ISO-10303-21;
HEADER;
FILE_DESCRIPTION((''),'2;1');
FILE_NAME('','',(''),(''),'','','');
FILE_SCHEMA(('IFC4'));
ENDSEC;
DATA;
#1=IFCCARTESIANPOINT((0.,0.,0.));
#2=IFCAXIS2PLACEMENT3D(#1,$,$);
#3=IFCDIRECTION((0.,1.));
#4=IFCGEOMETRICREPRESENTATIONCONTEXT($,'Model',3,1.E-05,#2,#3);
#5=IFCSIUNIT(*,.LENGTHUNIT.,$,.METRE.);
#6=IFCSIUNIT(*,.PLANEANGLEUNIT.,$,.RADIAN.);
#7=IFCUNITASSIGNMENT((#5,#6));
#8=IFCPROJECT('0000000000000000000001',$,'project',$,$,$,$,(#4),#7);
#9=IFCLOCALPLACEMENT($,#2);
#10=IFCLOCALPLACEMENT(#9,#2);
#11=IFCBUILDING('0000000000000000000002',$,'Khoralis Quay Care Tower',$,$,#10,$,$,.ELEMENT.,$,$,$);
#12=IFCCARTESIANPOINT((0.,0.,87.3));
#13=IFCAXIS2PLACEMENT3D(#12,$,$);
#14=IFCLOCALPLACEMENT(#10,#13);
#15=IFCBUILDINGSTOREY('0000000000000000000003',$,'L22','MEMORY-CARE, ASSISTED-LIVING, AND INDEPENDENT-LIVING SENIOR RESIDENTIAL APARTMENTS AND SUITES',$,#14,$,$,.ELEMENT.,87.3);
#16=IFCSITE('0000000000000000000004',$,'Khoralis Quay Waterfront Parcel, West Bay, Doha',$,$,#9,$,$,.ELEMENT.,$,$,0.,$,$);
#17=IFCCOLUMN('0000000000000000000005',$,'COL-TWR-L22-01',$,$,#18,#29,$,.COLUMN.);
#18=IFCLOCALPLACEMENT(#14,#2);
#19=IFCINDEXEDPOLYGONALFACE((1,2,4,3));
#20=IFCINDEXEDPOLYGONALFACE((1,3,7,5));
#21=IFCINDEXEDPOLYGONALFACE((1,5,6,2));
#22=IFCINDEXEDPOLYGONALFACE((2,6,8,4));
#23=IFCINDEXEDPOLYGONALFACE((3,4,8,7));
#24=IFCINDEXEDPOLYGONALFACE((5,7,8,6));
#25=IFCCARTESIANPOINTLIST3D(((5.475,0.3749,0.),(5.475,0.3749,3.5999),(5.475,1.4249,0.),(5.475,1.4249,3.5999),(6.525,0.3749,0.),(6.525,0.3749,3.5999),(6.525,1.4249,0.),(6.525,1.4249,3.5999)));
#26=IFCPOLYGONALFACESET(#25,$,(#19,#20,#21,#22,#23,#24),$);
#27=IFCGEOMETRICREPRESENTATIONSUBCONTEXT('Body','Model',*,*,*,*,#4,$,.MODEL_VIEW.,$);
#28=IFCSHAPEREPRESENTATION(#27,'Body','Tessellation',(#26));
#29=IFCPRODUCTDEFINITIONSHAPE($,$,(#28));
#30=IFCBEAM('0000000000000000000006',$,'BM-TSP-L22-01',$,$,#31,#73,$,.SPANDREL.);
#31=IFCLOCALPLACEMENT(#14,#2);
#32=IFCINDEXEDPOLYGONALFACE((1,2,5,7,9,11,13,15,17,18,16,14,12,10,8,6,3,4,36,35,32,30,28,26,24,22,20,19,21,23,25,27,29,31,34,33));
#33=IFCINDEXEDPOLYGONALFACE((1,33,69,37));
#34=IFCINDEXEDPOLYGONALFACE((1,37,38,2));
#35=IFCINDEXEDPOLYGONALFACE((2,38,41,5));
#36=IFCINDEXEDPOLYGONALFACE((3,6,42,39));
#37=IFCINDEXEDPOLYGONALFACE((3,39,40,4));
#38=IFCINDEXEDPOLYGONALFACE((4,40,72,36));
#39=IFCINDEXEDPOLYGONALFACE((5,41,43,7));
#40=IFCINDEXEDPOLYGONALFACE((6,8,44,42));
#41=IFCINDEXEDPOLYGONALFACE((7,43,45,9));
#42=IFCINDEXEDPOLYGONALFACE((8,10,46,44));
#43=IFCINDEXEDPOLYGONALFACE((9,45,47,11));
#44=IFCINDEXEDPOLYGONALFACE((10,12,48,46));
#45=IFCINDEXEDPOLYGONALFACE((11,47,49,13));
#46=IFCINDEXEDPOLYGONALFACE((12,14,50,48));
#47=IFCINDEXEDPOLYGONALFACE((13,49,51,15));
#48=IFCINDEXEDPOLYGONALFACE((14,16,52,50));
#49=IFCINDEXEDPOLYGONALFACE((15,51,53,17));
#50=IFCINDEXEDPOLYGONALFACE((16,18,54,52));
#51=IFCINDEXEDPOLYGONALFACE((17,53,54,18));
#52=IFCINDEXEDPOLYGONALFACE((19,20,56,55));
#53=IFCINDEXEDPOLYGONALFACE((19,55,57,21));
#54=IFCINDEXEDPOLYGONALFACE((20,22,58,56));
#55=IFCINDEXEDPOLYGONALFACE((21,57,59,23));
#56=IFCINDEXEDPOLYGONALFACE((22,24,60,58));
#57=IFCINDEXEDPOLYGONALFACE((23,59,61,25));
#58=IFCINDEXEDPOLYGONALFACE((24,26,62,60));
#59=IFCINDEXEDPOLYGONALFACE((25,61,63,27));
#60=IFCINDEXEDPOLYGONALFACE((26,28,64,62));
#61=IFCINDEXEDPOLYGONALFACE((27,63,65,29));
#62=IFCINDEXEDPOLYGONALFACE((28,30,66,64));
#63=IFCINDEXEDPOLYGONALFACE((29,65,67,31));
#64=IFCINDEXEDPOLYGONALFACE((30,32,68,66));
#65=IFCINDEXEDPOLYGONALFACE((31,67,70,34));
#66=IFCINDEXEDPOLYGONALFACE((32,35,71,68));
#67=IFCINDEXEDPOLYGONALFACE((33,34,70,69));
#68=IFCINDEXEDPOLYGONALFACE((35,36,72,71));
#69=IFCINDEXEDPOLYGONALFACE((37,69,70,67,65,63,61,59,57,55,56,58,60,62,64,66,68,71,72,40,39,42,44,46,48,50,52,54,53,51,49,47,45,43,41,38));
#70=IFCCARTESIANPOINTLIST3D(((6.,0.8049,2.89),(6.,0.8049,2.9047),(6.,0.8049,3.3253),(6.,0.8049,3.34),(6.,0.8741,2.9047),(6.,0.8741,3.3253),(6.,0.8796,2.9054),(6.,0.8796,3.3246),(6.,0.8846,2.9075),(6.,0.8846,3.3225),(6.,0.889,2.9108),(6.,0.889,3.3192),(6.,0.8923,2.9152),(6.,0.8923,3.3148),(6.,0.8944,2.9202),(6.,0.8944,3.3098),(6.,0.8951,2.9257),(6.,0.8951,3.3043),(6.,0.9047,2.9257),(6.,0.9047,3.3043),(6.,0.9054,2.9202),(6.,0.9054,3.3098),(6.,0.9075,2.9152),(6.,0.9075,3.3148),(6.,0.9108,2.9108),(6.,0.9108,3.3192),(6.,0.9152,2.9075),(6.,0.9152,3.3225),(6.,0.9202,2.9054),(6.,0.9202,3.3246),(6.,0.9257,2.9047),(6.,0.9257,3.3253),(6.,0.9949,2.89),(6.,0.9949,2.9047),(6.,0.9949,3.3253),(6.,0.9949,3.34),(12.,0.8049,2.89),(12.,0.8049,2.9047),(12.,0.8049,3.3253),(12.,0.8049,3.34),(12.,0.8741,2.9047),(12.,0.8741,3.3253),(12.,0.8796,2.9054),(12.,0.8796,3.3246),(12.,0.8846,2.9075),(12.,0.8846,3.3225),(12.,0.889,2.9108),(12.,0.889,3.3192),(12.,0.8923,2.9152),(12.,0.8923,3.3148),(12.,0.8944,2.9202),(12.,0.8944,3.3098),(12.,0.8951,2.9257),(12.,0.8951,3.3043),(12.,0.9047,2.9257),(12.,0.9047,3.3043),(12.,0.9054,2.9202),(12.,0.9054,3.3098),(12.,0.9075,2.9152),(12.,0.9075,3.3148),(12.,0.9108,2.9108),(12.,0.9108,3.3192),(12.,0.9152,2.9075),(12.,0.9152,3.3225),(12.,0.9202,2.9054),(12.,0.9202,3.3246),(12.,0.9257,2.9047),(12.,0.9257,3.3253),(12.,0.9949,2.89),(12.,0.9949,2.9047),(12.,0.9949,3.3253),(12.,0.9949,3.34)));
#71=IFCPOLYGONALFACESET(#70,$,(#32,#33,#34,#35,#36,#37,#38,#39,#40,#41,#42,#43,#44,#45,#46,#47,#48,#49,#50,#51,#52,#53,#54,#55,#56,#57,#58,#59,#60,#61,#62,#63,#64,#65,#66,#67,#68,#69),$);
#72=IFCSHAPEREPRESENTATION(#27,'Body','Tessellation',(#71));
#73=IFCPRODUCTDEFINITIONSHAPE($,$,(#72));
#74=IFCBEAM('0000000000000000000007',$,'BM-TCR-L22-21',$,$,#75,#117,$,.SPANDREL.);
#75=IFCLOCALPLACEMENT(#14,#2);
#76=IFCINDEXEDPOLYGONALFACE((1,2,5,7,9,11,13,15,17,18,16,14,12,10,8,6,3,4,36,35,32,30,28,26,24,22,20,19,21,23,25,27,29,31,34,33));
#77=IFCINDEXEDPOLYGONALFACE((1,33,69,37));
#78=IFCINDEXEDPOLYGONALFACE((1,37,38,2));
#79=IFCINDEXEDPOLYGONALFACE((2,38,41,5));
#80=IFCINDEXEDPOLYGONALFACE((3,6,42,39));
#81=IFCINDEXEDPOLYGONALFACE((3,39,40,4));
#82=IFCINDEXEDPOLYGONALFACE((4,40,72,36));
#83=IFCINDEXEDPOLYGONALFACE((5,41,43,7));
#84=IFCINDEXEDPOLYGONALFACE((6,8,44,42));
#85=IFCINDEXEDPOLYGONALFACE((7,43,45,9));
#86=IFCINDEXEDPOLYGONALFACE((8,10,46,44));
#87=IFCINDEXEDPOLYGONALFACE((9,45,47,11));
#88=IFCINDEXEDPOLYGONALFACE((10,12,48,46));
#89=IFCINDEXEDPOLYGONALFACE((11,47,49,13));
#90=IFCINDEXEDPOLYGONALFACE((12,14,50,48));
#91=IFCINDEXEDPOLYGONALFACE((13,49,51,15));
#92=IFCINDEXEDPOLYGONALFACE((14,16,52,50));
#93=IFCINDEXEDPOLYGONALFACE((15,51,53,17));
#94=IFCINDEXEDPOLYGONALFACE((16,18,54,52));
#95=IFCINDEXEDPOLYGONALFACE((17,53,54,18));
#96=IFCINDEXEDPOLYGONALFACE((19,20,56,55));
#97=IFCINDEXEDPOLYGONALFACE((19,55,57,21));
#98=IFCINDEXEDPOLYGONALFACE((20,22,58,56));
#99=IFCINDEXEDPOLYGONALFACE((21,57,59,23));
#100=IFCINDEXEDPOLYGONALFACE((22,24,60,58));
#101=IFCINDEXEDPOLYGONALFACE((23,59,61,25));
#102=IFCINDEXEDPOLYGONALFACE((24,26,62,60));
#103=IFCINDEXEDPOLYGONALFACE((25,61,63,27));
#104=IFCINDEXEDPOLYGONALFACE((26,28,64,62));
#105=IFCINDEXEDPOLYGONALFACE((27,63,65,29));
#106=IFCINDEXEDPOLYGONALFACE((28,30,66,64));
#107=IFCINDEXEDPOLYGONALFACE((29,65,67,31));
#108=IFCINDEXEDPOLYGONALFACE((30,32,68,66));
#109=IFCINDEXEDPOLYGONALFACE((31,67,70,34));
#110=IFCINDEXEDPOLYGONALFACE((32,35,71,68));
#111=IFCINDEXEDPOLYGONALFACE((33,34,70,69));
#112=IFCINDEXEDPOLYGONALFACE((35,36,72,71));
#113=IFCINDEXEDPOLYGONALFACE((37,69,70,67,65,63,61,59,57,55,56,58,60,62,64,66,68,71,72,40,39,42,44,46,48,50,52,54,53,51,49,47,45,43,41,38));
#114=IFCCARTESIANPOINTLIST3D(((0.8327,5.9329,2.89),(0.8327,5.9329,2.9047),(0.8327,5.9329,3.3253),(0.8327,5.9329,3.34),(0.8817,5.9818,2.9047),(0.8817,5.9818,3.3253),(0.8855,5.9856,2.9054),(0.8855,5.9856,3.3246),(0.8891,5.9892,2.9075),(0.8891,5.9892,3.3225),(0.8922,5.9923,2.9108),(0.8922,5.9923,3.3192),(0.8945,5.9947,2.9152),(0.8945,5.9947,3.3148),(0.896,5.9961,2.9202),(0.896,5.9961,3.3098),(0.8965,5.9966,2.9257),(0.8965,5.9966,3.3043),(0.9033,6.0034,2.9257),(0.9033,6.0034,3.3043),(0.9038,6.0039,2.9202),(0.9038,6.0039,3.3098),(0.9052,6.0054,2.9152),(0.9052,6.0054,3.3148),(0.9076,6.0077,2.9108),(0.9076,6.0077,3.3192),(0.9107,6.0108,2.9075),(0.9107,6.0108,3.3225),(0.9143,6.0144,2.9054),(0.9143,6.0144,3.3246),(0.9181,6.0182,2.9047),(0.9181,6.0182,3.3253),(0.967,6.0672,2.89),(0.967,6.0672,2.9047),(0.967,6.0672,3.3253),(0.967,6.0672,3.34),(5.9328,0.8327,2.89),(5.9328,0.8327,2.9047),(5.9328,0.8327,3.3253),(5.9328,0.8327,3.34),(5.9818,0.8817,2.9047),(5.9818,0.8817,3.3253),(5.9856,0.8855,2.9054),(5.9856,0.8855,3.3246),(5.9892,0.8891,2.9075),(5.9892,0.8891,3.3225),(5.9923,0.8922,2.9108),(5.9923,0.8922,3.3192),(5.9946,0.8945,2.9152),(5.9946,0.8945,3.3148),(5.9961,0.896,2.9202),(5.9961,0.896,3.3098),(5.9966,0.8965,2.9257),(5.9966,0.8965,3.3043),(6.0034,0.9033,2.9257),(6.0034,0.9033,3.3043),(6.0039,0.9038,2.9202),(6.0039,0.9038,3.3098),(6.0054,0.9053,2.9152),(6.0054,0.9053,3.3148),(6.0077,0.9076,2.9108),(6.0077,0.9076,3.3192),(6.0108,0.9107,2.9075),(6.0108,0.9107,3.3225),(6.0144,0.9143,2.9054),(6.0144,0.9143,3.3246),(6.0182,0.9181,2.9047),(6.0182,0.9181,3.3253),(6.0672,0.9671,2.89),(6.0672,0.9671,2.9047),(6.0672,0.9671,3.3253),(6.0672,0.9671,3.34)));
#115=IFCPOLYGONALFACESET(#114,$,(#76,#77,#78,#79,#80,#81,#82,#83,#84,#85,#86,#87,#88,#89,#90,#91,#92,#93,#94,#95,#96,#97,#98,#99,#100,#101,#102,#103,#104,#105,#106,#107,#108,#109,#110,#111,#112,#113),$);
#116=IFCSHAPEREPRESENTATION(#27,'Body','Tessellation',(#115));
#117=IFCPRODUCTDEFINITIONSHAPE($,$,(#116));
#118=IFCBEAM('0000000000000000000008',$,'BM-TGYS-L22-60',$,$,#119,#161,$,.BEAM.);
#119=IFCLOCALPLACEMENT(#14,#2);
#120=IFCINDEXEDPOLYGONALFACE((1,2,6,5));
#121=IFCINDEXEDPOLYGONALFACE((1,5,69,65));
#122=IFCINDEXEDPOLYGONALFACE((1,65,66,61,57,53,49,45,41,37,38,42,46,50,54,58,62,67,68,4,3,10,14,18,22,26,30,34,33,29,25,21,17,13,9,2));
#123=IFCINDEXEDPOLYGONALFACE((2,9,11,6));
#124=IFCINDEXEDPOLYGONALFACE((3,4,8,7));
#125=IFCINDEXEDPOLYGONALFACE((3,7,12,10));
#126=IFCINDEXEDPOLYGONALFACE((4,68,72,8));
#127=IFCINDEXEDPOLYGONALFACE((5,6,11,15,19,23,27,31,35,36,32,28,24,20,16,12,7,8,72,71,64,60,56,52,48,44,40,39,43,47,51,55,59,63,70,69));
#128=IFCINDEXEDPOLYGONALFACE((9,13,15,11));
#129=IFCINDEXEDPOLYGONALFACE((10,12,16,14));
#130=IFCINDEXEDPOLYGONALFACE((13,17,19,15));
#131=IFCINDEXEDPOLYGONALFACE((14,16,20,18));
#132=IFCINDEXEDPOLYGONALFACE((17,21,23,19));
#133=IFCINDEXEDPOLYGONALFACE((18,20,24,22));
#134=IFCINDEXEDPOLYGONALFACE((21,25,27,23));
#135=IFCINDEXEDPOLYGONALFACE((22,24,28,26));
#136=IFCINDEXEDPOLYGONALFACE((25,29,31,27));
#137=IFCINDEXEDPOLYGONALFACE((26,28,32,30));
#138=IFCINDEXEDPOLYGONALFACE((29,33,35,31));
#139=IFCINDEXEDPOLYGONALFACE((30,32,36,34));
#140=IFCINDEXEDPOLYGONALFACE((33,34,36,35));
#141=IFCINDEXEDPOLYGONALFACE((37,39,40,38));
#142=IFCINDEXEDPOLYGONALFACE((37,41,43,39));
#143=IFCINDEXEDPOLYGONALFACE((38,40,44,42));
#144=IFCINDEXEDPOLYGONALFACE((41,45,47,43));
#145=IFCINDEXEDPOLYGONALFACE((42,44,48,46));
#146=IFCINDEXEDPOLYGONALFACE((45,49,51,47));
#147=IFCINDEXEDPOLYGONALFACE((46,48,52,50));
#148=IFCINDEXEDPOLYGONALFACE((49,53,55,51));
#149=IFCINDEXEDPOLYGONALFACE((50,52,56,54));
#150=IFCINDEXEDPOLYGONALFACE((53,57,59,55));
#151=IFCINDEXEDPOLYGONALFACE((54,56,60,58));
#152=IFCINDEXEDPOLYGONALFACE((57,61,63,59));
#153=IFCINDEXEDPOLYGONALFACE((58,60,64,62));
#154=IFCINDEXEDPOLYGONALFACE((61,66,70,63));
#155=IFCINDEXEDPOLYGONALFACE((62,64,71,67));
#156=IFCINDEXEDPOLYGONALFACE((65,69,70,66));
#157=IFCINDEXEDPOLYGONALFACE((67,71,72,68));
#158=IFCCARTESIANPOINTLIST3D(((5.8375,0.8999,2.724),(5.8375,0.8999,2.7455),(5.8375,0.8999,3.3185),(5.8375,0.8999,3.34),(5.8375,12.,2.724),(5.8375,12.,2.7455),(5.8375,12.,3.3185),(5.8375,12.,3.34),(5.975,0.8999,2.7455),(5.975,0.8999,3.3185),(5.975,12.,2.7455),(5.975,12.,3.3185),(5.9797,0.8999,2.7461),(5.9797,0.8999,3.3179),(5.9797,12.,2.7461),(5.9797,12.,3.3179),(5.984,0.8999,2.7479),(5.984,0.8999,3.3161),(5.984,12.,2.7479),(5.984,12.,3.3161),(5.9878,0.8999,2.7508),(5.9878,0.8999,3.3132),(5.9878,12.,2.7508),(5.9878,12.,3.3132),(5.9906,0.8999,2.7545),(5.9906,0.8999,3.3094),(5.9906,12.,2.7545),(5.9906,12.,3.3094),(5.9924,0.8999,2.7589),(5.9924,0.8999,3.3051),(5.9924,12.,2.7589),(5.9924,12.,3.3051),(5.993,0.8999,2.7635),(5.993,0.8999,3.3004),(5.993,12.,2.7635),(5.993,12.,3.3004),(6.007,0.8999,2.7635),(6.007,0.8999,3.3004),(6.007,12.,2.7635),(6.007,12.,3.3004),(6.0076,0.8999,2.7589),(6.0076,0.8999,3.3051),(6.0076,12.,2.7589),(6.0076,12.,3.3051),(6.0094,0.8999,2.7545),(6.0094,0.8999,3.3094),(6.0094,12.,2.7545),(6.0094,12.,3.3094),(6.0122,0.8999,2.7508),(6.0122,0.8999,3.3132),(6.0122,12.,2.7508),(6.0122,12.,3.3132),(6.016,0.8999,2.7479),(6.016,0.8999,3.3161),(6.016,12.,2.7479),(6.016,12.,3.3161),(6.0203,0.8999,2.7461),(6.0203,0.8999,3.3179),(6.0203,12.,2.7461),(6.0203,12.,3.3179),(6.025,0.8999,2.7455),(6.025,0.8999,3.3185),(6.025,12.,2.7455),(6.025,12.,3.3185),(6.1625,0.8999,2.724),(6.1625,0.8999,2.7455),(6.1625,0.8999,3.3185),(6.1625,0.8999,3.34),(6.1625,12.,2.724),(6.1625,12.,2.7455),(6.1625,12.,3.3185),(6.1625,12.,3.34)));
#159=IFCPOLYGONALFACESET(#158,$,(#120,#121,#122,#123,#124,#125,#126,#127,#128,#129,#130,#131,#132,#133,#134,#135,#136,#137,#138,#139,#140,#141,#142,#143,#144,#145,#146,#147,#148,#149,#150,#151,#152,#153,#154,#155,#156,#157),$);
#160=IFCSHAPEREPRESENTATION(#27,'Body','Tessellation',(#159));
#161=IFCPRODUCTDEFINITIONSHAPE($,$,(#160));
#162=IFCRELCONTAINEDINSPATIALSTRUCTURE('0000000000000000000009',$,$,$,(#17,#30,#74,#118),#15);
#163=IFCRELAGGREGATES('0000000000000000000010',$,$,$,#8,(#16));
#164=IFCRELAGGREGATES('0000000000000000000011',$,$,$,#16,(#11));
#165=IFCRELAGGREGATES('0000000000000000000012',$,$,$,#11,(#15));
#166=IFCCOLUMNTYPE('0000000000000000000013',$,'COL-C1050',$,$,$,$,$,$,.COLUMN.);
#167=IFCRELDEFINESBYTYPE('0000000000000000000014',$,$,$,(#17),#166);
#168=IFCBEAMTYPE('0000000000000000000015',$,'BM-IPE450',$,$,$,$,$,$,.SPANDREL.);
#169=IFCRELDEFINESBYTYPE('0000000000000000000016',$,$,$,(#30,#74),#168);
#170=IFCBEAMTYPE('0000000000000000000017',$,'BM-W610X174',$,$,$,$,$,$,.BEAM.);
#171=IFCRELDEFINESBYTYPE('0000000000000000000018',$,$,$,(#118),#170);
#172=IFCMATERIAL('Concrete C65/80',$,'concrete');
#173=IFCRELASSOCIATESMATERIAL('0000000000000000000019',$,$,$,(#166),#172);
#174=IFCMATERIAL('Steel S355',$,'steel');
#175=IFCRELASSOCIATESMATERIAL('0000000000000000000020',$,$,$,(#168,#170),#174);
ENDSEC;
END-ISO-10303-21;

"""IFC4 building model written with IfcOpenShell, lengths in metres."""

from ifc_helpers import new_model, si_unit, direction, frame, origin, origin_2d, place, context, subcontext, project, spatial, rectangle, i_section, extrude, source, transform, mapped, material, material_profile, profile_set, type_object, element, save


model = new_model("IFC4")

# Units and contexts
model_context = context("Model", 3, precision=1e-05, world=origin(), true_north=direction((0.0, 1.0)))
body_context = subcontext(model_context, "Body", "Model", "MODEL_VIEW")
ifc_project = project(units=[si_unit("LENGTHUNIT", "METRE"), si_unit("PLANEANGLEUNIT", "RADIAN")], contexts=[model_context])

# Site, building, storey
site_placement = place(None, origin())
site = spatial("IfcSite", under=ifc_project, at=site_placement, Name="Khoralis Quay Waterfront Parcel, West Bay, Doha", CompositionType="ELEMENT", RefElevation=0.0)
building_placement = place(site_placement, origin())
building = spatial("IfcBuilding", under=site, at=building_placement, Name="Khoralis Quay Care Tower", CompositionType="ELEMENT")
storey_placement = place(building_placement, frame((0.0, 0.0, 87.3)))
storey = spatial("IfcBuildingStorey", under=building, at=storey_placement, Name="L22", Description="MEMORY-CARE, ASSISTED-LIVING, AND INDEPENDENT-LIVING SENIOR RESIDENTIAL APARTMENTS AND SUITES", CompositionType="ELEMENT", Elevation=87.3)

# Column
ifc_material_1 = material(Name="Concrete C65/80", Category="concrete")
ifc_material_profile_1 = material_profile(ifc_material_1, rectangle(XDim=1.05, YDim=1.05, at=origin_2d()), Name="Concrete C65/80")
ifc_profile_set_1 = profile_set([ifc_material_profile_1], Name="Concrete C65/80")
column_type = type_object("IfcColumnType", Name="COL-C1050", PredefinedType="COLUMN", material=ifc_profile_set_1)
shared_shape_1 = source(origin(), body_context, "Body", "SweptSolid", [
    extrude(rectangle(XDim=1.05, YDim=1.05, at=origin_2d()), origin(), (0.0, 0.0, 1.0), 3.5999),
])
column_placement = place(storey_placement, frame((6.0, 0.8999, 0.0), z_axis=(0.0, 0.0, 1.0), x_axis=(1.0, 0.0, 0.0)))
element("IfcColumn", 1, at=column_placement, inside=storey, type_object=column_type, Name="COL-TWR-L22-01", PredefinedType="COLUMN", context=body_context, shape_type="MappedRepresentation", body=[
    mapped(shared_shape_1, transform((0.0, 0.0, 0.0), scale=1.0)),
])

# Beams
ifc_material_2 = material(Name="Steel S355", Category="steel")
ifc_material_profile_2 = material_profile(ifc_material_2, i_section(OverallWidth=0.1899, OverallDepth=0.45, WebThickness=0.0095, FlangeThickness=0.0146, FilletRadius=0.021, at=origin_2d()), Name="Steel S355")
ifc_profile_set_2 = profile_set([ifc_material_profile_2], Name="Steel S355")
beam_type_1 = type_object("IfcBeamType", Name="BM-IPE450", PredefinedType="SPANDREL", material=ifc_profile_set_2)
shared_shape_2 = source(origin(), body_context, "Body", "SweptSolid", [
    extrude(i_section(OverallWidth=0.1899, OverallDepth=0.45, WebThickness=0.0095, FlangeThickness=0.0146, FilletRadius=0.021, at=origin_2d()), origin(), (0.0, 0.0, 1.0), 6.0),
])
beam_1_placement = place(storey_placement, frame((6.0, 0.8999, 3.115), z_axis=(1.0, 0.0, 0.0), x_axis=(0.0, 1.0, 0.0)))
element("IfcBeam", 2, at=beam_1_placement, inside=storey, type_object=beam_type_1, Name="BM-TSP-L22-01", PredefinedType="SPANDREL", context=body_context, shape_type="MappedRepresentation", body=[
    mapped(shared_shape_2, transform((0.0, 0.0, 0.0), scale=1.0)),
])
shared_shape_3 = source(origin(), body_context, "Body", "SweptSolid", [
    extrude(i_section(OverallWidth=0.1899, OverallDepth=0.45, WebThickness=0.0095, FlangeThickness=0.0146, FilletRadius=0.021, at=origin_2d()), origin(), (0.0, 0.0, 1.0), 7.2126),
])
beam_2_placement = place(storey_placement, frame((6.0, 0.8999, 3.115), z_axis=(-0.707107, 0.707107, 0.0), x_axis=(-0.707107, -0.707107, 0.0)))
element("IfcBeam", 3, at=beam_2_placement, inside=storey, type_object=beam_type_1, Name="BM-TCR-L22-21", PredefinedType="SPANDREL", context=body_context, shape_type="MappedRepresentation", body=[
    mapped(shared_shape_3, transform((0.0, 0.0, 0.0), scale=1.0)),
])
ifc_material_profile_3 = material_profile(ifc_material_2, i_section(OverallWidth=0.325, OverallDepth=0.616, WebThickness=0.0139, FlangeThickness=0.0215, FilletRadius=0.0181, at=origin_2d()), Name="Steel S355")
ifc_profile_set_3 = profile_set([ifc_material_profile_3], Name="Steel S355")
beam_type_2 = type_object("IfcBeamType", Name="BM-W610X174", PredefinedType="BEAM", material=ifc_profile_set_3)
shared_shape_4 = source(origin(), body_context, "Body", "SweptSolid", [
    extrude(i_section(OverallWidth=0.325, OverallDepth=0.616, WebThickness=0.0139, FlangeThickness=0.0215, FilletRadius=0.0181, at=origin_2d()), origin(), (0.0, 0.0, 1.0), 11.1001),
])
beam_3_placement = place(storey_placement, frame((6.0, 0.8999, 3.032), z_axis=(0.0, 1.0, 0.0), x_axis=(-1.0, 0.0, 0.0)))
element("IfcBeam", 4, at=beam_3_placement, inside=storey, type_object=beam_type_2, Name="BM-TGYS-L22-60", PredefinedType="BEAM", context=body_context, shape_type="MappedRepresentation", body=[
    mapped(shared_shape_4, transform((0.0, 0.0, 0.0), scale=1.0)),
])

save(model, "model.ifc")
